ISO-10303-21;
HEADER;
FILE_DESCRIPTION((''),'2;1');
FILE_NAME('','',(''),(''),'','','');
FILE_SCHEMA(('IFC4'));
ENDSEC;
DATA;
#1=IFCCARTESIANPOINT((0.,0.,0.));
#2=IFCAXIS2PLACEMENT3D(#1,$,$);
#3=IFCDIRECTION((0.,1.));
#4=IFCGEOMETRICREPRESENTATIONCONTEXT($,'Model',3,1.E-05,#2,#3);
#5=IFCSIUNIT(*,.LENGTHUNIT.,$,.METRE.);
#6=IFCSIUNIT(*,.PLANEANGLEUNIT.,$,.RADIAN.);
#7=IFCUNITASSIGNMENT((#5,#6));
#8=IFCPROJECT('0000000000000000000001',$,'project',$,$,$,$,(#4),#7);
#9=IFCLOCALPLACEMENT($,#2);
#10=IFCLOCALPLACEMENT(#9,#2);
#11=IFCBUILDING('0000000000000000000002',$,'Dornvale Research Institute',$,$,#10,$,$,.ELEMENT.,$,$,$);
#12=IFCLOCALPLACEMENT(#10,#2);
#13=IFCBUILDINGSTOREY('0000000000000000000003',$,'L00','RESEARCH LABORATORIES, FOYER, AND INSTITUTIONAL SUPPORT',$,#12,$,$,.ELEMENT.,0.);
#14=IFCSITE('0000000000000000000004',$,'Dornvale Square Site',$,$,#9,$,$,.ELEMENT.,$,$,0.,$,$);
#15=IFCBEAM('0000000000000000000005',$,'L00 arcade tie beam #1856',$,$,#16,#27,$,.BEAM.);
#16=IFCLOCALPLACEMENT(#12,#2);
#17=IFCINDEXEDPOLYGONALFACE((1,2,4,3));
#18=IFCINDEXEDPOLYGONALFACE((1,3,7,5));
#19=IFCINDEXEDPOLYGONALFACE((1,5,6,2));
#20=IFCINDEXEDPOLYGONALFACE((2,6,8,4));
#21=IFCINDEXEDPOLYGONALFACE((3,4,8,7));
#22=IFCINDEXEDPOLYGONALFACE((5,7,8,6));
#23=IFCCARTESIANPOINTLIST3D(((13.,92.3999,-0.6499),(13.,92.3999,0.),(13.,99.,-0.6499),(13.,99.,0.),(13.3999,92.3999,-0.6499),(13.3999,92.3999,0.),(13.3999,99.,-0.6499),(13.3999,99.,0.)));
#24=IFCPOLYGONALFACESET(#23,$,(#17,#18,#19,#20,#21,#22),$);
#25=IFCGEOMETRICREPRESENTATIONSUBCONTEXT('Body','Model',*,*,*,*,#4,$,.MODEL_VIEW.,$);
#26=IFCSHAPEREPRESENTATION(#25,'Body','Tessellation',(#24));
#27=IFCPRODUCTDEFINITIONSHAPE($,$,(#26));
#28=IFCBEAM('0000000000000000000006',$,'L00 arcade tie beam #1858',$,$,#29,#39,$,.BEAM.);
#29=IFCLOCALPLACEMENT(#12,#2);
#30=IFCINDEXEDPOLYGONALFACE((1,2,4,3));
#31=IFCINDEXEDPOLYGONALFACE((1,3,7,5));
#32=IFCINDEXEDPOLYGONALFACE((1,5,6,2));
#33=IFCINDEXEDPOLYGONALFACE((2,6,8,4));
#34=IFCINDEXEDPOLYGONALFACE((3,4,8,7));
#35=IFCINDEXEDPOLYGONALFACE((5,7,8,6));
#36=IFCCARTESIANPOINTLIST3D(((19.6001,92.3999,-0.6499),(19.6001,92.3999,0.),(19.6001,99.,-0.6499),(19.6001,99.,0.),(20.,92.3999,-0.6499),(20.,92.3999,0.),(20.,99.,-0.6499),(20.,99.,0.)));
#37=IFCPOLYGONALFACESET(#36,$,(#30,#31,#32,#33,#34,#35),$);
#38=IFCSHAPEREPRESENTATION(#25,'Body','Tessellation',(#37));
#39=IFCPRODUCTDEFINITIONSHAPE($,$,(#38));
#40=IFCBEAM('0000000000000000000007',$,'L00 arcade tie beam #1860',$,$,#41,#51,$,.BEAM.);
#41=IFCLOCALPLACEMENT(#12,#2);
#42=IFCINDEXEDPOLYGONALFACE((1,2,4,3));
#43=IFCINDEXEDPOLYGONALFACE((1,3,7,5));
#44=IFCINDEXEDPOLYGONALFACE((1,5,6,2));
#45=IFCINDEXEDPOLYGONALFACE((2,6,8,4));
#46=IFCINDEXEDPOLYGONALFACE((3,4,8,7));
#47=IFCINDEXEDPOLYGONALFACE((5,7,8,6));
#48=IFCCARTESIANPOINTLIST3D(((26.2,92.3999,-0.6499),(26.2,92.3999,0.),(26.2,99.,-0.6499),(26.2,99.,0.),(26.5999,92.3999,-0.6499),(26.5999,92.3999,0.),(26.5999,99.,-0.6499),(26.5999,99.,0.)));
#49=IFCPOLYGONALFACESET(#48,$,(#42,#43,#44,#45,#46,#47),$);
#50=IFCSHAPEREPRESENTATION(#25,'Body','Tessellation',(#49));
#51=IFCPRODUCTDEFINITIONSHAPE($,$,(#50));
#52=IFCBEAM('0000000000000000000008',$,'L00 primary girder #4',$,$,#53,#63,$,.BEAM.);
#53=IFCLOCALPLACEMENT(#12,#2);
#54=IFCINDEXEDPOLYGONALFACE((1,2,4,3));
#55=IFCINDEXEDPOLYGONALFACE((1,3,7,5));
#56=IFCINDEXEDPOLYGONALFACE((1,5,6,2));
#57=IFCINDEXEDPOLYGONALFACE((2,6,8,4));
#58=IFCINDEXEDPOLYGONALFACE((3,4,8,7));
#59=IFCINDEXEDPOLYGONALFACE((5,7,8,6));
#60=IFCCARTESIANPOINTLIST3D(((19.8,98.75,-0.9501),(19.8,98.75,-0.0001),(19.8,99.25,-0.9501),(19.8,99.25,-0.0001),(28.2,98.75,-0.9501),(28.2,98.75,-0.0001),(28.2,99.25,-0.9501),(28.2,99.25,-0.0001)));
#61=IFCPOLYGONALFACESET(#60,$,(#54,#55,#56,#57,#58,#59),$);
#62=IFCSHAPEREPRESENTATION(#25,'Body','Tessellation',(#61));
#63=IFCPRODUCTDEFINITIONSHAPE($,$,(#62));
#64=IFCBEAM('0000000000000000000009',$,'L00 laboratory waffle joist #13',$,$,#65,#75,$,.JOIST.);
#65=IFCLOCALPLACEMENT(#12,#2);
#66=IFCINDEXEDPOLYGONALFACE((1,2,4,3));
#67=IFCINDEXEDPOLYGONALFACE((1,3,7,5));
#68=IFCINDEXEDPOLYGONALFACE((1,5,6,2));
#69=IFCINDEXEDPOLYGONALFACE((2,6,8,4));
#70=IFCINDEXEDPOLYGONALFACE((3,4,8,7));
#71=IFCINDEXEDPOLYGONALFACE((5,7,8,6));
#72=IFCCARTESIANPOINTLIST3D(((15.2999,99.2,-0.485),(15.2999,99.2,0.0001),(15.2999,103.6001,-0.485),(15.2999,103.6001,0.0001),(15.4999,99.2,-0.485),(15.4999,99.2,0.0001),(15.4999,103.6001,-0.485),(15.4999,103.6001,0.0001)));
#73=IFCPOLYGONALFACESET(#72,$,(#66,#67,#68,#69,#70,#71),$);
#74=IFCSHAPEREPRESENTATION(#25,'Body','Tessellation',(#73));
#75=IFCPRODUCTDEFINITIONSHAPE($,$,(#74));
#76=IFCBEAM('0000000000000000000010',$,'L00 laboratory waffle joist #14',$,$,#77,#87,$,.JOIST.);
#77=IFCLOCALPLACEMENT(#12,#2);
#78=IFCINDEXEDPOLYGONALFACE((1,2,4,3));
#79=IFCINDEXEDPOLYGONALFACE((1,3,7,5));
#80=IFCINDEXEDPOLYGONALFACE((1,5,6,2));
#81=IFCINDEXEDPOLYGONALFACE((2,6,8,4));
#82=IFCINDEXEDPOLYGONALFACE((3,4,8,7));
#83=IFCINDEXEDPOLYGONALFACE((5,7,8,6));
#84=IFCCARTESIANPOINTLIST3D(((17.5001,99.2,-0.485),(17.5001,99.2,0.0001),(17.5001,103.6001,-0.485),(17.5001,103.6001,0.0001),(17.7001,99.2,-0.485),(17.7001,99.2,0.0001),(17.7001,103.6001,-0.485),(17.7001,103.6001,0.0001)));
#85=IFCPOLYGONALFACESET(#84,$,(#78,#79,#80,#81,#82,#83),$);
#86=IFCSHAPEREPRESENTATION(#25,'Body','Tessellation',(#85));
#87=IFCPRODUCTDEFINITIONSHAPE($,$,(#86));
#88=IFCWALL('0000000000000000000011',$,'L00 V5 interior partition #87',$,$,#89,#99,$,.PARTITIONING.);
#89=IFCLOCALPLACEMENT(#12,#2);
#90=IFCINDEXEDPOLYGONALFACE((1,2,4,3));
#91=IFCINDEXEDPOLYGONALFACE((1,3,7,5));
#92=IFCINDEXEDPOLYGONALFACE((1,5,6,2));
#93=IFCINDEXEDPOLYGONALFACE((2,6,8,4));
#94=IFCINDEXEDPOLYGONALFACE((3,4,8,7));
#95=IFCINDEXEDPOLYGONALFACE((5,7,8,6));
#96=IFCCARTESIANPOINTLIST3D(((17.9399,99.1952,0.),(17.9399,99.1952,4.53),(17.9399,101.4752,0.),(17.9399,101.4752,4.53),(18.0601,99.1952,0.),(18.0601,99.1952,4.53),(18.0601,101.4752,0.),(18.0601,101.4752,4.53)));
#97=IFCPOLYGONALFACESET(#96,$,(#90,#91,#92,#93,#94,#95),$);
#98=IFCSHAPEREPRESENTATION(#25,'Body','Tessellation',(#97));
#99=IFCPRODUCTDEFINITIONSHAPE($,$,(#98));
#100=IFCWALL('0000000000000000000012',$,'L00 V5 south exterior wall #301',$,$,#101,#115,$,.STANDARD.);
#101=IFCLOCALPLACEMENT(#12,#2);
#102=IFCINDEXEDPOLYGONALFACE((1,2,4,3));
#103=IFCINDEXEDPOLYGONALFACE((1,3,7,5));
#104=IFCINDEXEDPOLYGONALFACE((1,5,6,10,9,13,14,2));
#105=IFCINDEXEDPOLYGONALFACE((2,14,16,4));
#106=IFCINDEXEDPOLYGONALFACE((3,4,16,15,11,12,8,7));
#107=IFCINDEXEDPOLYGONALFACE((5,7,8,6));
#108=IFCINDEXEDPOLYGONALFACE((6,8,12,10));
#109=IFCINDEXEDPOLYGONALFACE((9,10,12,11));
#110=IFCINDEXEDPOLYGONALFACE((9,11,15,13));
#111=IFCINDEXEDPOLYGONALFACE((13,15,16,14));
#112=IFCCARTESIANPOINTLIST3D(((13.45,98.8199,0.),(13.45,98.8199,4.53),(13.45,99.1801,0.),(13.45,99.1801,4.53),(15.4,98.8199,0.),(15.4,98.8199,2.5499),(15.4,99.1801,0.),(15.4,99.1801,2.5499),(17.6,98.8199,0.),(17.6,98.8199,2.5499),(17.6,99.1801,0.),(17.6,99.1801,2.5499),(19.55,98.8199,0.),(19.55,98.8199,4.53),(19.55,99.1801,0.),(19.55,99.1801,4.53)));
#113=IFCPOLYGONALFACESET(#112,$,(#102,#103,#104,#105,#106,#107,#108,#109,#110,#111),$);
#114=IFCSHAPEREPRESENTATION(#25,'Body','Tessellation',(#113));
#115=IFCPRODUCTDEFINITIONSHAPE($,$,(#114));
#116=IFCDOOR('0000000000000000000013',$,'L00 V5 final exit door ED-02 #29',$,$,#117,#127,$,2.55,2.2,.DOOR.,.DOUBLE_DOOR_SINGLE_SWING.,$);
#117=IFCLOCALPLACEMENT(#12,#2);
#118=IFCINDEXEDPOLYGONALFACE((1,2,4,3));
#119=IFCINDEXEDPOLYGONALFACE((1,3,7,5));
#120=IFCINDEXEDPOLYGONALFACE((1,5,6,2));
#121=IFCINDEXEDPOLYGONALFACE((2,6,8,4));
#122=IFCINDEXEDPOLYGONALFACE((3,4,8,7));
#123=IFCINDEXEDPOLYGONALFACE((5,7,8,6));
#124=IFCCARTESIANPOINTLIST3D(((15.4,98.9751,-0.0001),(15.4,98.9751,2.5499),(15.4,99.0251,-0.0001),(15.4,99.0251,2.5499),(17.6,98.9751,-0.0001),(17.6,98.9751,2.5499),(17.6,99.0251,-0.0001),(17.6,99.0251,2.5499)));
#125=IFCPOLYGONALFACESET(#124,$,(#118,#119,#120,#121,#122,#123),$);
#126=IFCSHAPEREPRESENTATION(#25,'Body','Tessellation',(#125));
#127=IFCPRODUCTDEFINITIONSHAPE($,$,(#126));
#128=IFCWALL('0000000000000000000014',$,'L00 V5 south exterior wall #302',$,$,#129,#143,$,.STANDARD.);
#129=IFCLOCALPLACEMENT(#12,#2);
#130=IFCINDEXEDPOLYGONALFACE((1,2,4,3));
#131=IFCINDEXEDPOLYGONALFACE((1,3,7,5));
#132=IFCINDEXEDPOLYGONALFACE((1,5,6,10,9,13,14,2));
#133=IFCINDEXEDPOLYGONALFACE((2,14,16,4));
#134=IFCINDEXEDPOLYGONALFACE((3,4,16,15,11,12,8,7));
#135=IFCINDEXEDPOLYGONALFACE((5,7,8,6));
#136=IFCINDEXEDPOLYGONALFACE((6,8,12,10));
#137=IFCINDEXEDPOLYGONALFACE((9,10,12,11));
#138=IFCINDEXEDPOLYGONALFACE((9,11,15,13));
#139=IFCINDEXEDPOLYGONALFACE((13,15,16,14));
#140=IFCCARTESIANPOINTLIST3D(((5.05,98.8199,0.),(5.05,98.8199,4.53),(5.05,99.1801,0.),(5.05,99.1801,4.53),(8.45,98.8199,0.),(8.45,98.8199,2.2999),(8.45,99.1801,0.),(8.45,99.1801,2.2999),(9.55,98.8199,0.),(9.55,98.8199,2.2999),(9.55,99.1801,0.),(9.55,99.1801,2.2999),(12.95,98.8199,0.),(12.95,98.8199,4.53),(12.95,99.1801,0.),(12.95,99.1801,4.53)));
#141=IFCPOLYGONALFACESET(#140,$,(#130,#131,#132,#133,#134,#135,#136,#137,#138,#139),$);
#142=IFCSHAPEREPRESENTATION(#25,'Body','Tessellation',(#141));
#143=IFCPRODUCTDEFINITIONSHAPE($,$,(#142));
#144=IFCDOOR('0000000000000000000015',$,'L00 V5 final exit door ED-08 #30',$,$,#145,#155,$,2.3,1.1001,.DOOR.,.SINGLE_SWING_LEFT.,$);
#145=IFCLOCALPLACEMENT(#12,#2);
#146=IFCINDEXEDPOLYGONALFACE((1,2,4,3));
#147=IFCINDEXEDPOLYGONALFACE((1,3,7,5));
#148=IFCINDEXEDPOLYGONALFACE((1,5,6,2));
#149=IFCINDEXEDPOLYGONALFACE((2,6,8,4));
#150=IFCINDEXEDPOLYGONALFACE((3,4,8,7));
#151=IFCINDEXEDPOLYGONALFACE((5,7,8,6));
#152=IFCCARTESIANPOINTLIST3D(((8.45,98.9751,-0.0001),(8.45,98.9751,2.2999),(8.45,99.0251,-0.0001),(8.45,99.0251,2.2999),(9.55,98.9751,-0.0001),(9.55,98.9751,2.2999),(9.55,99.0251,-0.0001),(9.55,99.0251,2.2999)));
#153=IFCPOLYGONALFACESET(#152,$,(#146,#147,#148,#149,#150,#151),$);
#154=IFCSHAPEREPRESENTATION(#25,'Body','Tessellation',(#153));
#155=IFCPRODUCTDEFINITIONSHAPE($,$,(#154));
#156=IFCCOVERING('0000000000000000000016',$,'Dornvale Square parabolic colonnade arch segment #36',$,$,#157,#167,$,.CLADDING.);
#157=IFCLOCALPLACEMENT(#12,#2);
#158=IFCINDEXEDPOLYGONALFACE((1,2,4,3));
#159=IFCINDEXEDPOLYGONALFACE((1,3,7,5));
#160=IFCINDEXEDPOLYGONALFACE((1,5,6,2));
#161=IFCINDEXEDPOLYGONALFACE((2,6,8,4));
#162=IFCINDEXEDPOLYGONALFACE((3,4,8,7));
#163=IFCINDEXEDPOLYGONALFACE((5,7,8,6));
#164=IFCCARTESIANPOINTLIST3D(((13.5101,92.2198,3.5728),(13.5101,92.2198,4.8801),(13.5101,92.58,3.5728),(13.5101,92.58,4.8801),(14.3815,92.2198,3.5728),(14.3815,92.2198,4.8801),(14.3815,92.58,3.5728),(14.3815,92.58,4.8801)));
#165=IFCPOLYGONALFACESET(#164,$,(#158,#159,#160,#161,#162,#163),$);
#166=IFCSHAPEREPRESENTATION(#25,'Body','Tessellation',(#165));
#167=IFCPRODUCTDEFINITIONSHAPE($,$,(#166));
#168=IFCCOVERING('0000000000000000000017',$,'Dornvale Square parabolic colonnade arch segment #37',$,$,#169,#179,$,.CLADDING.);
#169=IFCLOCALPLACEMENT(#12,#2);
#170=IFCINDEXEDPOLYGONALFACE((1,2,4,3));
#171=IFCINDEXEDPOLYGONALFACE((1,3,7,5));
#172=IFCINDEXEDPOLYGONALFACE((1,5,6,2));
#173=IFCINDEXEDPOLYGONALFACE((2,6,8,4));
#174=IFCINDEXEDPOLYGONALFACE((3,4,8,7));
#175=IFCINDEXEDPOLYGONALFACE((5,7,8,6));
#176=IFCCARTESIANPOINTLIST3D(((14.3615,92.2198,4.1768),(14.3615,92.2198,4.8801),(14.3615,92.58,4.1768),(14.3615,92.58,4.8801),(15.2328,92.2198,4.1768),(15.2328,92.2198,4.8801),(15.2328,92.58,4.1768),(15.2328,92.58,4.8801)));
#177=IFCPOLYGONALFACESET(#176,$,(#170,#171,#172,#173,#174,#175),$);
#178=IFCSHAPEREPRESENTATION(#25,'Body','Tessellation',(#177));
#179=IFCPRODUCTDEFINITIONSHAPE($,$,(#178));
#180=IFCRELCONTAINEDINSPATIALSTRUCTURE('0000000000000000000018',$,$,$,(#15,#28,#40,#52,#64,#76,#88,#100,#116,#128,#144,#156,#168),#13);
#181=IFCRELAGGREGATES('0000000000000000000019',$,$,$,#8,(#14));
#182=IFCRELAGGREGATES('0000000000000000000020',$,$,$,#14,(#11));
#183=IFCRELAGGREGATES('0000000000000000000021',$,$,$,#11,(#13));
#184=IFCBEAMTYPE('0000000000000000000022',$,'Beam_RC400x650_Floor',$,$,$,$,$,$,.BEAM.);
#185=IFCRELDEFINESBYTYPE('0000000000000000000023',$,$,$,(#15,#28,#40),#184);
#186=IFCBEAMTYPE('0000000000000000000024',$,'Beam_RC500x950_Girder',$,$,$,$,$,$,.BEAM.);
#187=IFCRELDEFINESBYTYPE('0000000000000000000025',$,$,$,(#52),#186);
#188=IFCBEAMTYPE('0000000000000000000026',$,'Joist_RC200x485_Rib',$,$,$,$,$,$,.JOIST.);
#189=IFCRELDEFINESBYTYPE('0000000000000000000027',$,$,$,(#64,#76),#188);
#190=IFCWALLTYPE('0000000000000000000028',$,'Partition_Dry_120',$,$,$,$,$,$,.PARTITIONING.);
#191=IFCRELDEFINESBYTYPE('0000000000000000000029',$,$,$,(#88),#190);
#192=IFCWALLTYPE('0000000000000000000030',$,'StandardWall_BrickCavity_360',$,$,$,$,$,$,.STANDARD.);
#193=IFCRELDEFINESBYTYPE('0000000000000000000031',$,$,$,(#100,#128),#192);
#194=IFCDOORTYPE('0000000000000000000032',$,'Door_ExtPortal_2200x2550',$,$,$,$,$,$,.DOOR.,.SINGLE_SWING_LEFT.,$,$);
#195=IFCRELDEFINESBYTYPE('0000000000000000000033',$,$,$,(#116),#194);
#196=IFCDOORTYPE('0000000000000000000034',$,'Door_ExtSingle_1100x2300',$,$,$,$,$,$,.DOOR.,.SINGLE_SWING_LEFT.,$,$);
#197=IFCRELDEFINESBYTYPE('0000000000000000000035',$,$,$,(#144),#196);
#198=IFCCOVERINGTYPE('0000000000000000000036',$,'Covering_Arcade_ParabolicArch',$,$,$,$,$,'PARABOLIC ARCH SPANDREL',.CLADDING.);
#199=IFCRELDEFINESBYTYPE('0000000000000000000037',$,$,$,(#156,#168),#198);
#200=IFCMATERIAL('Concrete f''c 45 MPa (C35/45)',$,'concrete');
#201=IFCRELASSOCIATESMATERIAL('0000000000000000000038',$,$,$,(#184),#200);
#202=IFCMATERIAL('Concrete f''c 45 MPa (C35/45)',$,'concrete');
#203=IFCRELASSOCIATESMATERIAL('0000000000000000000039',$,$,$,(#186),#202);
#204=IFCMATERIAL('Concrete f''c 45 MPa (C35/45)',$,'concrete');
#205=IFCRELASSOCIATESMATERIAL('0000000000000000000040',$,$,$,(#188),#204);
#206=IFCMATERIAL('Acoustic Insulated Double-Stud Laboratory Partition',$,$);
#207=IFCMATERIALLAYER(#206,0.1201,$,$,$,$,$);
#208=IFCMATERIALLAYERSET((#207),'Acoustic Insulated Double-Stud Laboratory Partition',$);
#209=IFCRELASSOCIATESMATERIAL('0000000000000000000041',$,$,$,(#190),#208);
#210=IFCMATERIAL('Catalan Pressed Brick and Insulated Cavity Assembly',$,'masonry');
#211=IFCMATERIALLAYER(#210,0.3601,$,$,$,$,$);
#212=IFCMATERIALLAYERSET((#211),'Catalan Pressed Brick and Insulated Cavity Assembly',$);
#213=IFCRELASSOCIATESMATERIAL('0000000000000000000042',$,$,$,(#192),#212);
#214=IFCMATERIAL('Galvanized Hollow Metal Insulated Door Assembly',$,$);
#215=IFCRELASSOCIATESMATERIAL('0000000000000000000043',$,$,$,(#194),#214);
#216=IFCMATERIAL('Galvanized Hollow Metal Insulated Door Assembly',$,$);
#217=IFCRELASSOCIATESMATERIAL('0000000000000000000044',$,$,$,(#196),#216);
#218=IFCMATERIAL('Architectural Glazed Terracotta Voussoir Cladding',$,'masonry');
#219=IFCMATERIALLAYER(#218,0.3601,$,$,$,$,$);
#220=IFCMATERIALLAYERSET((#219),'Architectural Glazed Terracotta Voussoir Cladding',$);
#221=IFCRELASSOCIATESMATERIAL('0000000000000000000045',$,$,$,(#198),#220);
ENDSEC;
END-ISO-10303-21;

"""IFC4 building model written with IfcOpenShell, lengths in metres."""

from ifc_helpers import new_model, si_unit, direction, frame, frame_2d, origin, origin_2d, place, context, subcontext, project, spatial, rectangle, extrude, material, layer, layer_set, material_profile, profile_set, type_object, element, fill, save


model = new_model("IFC4")

# Units and contexts
model_context = context("Model", 3, precision=1e-05, world=origin(), true_north=direction((0.0, 1.0)))
body_context = subcontext(model_context, "Body", "Model", "MODEL_VIEW")
ifc_project = project(units=[si_unit("LENGTHUNIT", "METRE"), si_unit("PLANEANGLEUNIT", "RADIAN")], contexts=[model_context])

# Site, building, storey
site_placement = place(None, origin())
site = spatial("IfcSite", under=ifc_project, at=site_placement, Name="Dornvale Square Site", CompositionType="ELEMENT", RefElevation=0.0)
building_placement = place(site_placement, origin())
building = spatial("IfcBuilding", under=site, at=building_placement, Name="Dornvale Research Institute", CompositionType="ELEMENT")
storey_placement = place(building_placement, origin())
storey = spatial("IfcBuildingStorey", under=building, at=storey_placement, Name="L00", Description="RESEARCH LABORATORIES, FOYER, AND INSTITUTIONAL SUPPORT", CompositionType="ELEMENT", Elevation=0.0)

# Beams
ifc_material_1 = material(Name="Concrete f'c 45 MPa (C35/45)", Category="concrete")
ifc_material_profile_1 = material_profile(ifc_material_1, rectangle(XDim=0.3999, YDim=0.6499, at=origin_2d()), Name="RC 400x650")
ifc_profile_set_1 = profile_set([ifc_material_profile_1], Name="Concrete f'c 45 MPa (C35/45)")
beam_type_1 = type_object("IfcBeamType", Name="Beam_RC400x650_Floor", PredefinedType="BEAM", material=ifc_profile_set_1)
for number, where, z_axis, x_axis, name in (
    (1, (13.2, 92.3999, -0.325), (0.0, 1.0, 0.0), (-1.0, 0.0, 0.0), "L00 arcade tie beam #1856"),
    (2, (19.8, 92.3999, -0.325), (0.0, 1.0, 0.0), (-1.0, 0.0, 0.0), "L00 arcade tie beam #1858"),
    (3, (26.3999, 92.3999, -0.325), (0.0, 1.0, 0.0), (-1.0, 0.0, 0.0), "L00 arcade tie beam #1860"),
):
    element("IfcBeam", number, at=place(storey_placement, frame(where, z_axis=z_axis, x_axis=x_axis)), inside=storey, type_object=beam_type_1, Name=name, PredefinedType="BEAM", context=body_context, shape_type="SweptSolid", body=[
        extrude(rectangle(XDim=0.3999, YDim=0.6499, at=origin_2d()), origin(), (0.0, 0.0, 1.0), 6.6001),
    ])
ifc_material_2 = material(Name="Concrete f'c 45 MPa (C35/45)", Category="concrete")
ifc_material_profile_2 = material_profile(ifc_material_2, rectangle(XDim=0.5, YDim=0.95, at=origin_2d()), Name="RC 500x950")
ifc_profile_set_2 = profile_set([ifc_material_profile_2], Name="Concrete f'c 45 MPa (C35/45)")
beam_type_2 = type_object("IfcBeamType", Name="Beam_RC500x950_Girder", PredefinedType="BEAM", material=ifc_profile_set_2)
beam_1_placement = place(storey_placement, frame((19.8, 99.0, -0.4751), z_axis=(1.0, 0.0, 0.0), x_axis=(0.0, 1.0, 0.0)))
element("IfcBeam", 4, at=beam_1_placement, inside=storey, type_object=beam_type_2, Name="L00 primary girder #4", PredefinedType="BEAM", context=body_context, shape_type="SweptSolid", body=[
    extrude(rectangle(XDim=0.5, YDim=0.95, at=origin_2d()), origin(), (0.0, 0.0, 1.0), 8.3999),
])
ifc_material_3 = material(Name="Concrete f'c 45 MPa (C35/45)", Category="concrete")
ifc_material_profile_3 = material_profile(ifc_material_3, rectangle(XDim=0.2, YDim=0.4851, at=origin_2d()), Name="RC 200x485")
ifc_profile_set_3 = profile_set([ifc_material_profile_3], Name="Concrete f'c 45 MPa (C35/45)")
beam_type_3 = type_object("IfcBeamType", Name="Joist_RC200x485_Rib", PredefinedType="JOIST", material=ifc_profile_set_3)
for number, where, z_axis, x_axis, name in (
    (5, (15.3999, 99.2, -0.2424), (0.0, 1.0, 0.0), (-1.0, 0.0, 0.0), "L00 laboratory waffle joist #13"),
    (6, (17.6001, 99.2, -0.2424), (0.0, 1.0, 0.0), (-1.0, 0.0, 0.0), "L00 laboratory waffle joist #14"),
):
    element("IfcBeam", number, at=place(storey_placement, frame(where, z_axis=z_axis, x_axis=x_axis)), inside=storey, type_object=beam_type_3, Name=name, PredefinedType="JOIST", context=body_context, shape_type="SweptSolid", body=[
        extrude(rectangle(XDim=0.2, YDim=0.4851, at=origin_2d()), origin(), (0.0, 0.0, 1.0), 4.4001),
    ])

# Wall
ifc_material_4 = material(Name="Acoustic Insulated Double-Stud Laboratory Partition")
ifc_layer_1 = layer(ifc_material_4, 0.1201)
ifc_layer_set_1 = layer_set([ifc_layer_1], Name="Acoustic Insulated Double-Stud Laboratory Partition")
wall_type_1 = type_object("IfcWallType", Name="Partition_Dry_120", PredefinedType="PARTITIONING", material=ifc_layer_set_1)
wall_1_placement = place(storey_placement, frame((18.0, 99.1951, 0.0), z_axis=(0.0, 0.0, 1.0), x_axis=(0.0, 1.0, 0.0)))
element("IfcWall", 7, at=wall_1_placement, inside=storey, type_object=wall_type_1, Name="L00 V5 interior partition #87", PredefinedType="PARTITIONING", context=body_context, shape_type="SweptSolid", body=[
    extrude(rectangle(XDim=2.28, YDim=0.1201, at=frame_2d((1.1401, 0.0))), origin(), (0.0, 0.0, 1.0), 4.53),
])

# Walls, openings, doors
ifc_material_5 = material(Name="Catalan Pressed Brick and Insulated Cavity Assembly", Category="masonry")
ifc_layer_2 = layer(ifc_material_5, 0.3601)
ifc_layer_set_2 = layer_set([ifc_layer_2], Name="Catalan Pressed Brick and Insulated Cavity Assembly")
wall_type_2 = type_object("IfcWallType", Name="StandardWall_BrickCavity_360", PredefinedType="STANDARD", material=ifc_layer_set_2)
wall_2_placement = place(storey_placement, frame((19.55, 99.0, 0.0), z_axis=(0.0, 0.0, 1.0), x_axis=(-1.0, 0.0, 0.0)))
wall_2 = element("IfcWall", 8, at=wall_2_placement, inside=storey, type_object=wall_type_2, Name="L00 V5 south exterior wall #301", PredefinedType="STANDARD", context=body_context, shape_type="SweptSolid", body=[
    extrude(rectangle(XDim=6.1001, YDim=0.3601, at=frame_2d((3.05, 0.0))), origin(), (0.0, 0.0, 1.0), 4.53),
])
opening_1_placement = place(wall_2_placement, frame((1.95, 0.0, 0.0)))
opening_1 = element("IfcOpeningElement", 9, at=opening_1_placement, cuts=wall_2, PredefinedType="OPENING", context=body_context, shape_type="SweptSolid", body=[
    extrude(rectangle(XDim=2.2, YDim=2.55, at=frame_2d((1.1001, 1.2749))), frame((0.0, 0.1951, 0.0), z_axis=(0.0, -1.0, 0.0), x_axis=(1.0, 0.0, 0.0)), (0.0, 0.0, 1.0), 0.3901),
])
ifc_material_6 = material(Name="Galvanized Hollow Metal Insulated Door Assembly")
door_type_1 = type_object("IfcDoorType", Name="Door_ExtPortal_2200x2550", OperationType="SINGLE_SWING_LEFT", PredefinedType="DOOR", material=ifc_material_6)
door_1_placement = place(opening_1_placement, origin())
door_1 = element("IfcDoor", 10, at=door_1_placement, inside=storey, type_object=door_type_1, Name="L00 V5 final exit door ED-02 #29", OperationType="DOUBLE_DOOR_SINGLE_SWING", OverallHeight=2.55, OverallWidth=2.2, PredefinedType="DOOR", context=body_context, shape_type="SweptSolid", body=[
    extrude(rectangle(XDim=2.2, YDim=2.55, at=frame_2d((1.1001, 1.2749))), frame((0.0, 0.0249, 0.0), z_axis=(0.0, -1.0, 0.0), x_axis=(1.0, 0.0, 0.0)), (0.0, 0.0, 1.0), 0.05),
])
fill(opening_1, door_1)
wall_3_placement = place(storey_placement, frame((12.95, 99.0, 0.0), z_axis=(0.0, 0.0, 1.0), x_axis=(-1.0, 0.0, 0.0)))
wall_3 = element("IfcWall", 11, at=wall_3_placement, inside=storey, type_object=wall_type_2, Name="L00 V5 south exterior wall #302", PredefinedType="STANDARD", context=body_context, shape_type="SweptSolid", body=[
    extrude(rectangle(XDim=7.8999, YDim=0.3601, at=frame_2d((3.95, 0.0))), origin(), (0.0, 0.0, 1.0), 4.53),
])
opening_2_placement = place(wall_3_placement, frame((3.3999, 0.0, 0.0)))
opening_2 = element("IfcOpeningElement", 12, at=opening_2_placement, cuts=wall_3, PredefinedType="OPENING", context=body_context, shape_type="SweptSolid", body=[
    extrude(rectangle(XDim=1.1001, YDim=2.3, at=frame_2d((0.55, 1.1499))), frame((0.0, 0.1951, 0.0), z_axis=(0.0, -1.0, 0.0), x_axis=(1.0, 0.0, 0.0)), (0.0, 0.0, 1.0), 0.3901),
])
ifc_material_7 = material(Name="Galvanized Hollow Metal Insulated Door Assembly")
door_type_2 = type_object("IfcDoorType", Name="Door_ExtSingle_1100x2300", OperationType="SINGLE_SWING_LEFT", PredefinedType="DOOR", material=ifc_material_7)
door_2_placement = place(opening_2_placement, origin())
door_2 = element("IfcDoor", 13, at=door_2_placement, inside=storey, type_object=door_type_2, Name="L00 V5 final exit door ED-08 #30", OperationType="SINGLE_SWING_LEFT", OverallHeight=2.3, OverallWidth=1.1001, PredefinedType="DOOR", context=body_context, shape_type="SweptSolid", body=[
    extrude(rectangle(XDim=1.1001, YDim=2.3, at=frame_2d((0.55, 1.1499))), frame((0.0, 0.0249, 0.0), z_axis=(0.0, -1.0, 0.0), x_axis=(1.0, 0.0, 0.0)), (0.0, 0.0, 1.0), 0.05),
])
fill(opening_2, door_2)

# Coverings
ifc_material_8 = material(Name="Architectural Glazed Terracotta Voussoir Cladding", Category="masonry")
ifc_layer_3 = layer(ifc_material_8, 0.3601)
ifc_layer_set_3 = layer_set([ifc_layer_3], Name="Architectural Glazed Terracotta Voussoir Cladding")
covering_type = type_object("IfcCoveringType", Name="Covering_Arcade_ParabolicArch", ElementType="PARABOLIC ARCH SPANDREL", PredefinedType="CLADDING", material=ifc_layer_set_3)
covering_1_placement = place(storey_placement, frame((13.9458, 92.3999, 3.5728), z_axis=(0.0, 0.0, 1.0), x_axis=(1.0, 0.0, 0.0)))
element("IfcCovering", 14, at=covering_1_placement, inside=storey, type_object=covering_type, Name="Dornvale Square parabolic colonnade arch segment #36", PredefinedType="CLADDING", context=body_context, shape_type="SweptSolid", body=[
    extrude(rectangle(XDim=0.8713, YDim=0.3601, at=origin_2d()), origin(), (0.0, 0.0, 1.0), 1.3074),
])
covering_2_placement = place(storey_placement, frame((14.7971, 92.3999, 4.1768), z_axis=(0.0, 0.0, 1.0), x_axis=(1.0, 0.0, 0.0)))
element("IfcCovering", 15, at=covering_2_placement, inside=storey, type_object=covering_type, Name="Dornvale Square parabolic colonnade arch segment #37", PredefinedType="CLADDING", context=body_context, shape_type="SweptSolid", body=[
    extrude(rectangle(XDim=0.8713, YDim=0.3601, at=origin_2d()), origin(), (0.0, 0.0, 1.0), 0.7034),
])

save(model, "model.ifc")
